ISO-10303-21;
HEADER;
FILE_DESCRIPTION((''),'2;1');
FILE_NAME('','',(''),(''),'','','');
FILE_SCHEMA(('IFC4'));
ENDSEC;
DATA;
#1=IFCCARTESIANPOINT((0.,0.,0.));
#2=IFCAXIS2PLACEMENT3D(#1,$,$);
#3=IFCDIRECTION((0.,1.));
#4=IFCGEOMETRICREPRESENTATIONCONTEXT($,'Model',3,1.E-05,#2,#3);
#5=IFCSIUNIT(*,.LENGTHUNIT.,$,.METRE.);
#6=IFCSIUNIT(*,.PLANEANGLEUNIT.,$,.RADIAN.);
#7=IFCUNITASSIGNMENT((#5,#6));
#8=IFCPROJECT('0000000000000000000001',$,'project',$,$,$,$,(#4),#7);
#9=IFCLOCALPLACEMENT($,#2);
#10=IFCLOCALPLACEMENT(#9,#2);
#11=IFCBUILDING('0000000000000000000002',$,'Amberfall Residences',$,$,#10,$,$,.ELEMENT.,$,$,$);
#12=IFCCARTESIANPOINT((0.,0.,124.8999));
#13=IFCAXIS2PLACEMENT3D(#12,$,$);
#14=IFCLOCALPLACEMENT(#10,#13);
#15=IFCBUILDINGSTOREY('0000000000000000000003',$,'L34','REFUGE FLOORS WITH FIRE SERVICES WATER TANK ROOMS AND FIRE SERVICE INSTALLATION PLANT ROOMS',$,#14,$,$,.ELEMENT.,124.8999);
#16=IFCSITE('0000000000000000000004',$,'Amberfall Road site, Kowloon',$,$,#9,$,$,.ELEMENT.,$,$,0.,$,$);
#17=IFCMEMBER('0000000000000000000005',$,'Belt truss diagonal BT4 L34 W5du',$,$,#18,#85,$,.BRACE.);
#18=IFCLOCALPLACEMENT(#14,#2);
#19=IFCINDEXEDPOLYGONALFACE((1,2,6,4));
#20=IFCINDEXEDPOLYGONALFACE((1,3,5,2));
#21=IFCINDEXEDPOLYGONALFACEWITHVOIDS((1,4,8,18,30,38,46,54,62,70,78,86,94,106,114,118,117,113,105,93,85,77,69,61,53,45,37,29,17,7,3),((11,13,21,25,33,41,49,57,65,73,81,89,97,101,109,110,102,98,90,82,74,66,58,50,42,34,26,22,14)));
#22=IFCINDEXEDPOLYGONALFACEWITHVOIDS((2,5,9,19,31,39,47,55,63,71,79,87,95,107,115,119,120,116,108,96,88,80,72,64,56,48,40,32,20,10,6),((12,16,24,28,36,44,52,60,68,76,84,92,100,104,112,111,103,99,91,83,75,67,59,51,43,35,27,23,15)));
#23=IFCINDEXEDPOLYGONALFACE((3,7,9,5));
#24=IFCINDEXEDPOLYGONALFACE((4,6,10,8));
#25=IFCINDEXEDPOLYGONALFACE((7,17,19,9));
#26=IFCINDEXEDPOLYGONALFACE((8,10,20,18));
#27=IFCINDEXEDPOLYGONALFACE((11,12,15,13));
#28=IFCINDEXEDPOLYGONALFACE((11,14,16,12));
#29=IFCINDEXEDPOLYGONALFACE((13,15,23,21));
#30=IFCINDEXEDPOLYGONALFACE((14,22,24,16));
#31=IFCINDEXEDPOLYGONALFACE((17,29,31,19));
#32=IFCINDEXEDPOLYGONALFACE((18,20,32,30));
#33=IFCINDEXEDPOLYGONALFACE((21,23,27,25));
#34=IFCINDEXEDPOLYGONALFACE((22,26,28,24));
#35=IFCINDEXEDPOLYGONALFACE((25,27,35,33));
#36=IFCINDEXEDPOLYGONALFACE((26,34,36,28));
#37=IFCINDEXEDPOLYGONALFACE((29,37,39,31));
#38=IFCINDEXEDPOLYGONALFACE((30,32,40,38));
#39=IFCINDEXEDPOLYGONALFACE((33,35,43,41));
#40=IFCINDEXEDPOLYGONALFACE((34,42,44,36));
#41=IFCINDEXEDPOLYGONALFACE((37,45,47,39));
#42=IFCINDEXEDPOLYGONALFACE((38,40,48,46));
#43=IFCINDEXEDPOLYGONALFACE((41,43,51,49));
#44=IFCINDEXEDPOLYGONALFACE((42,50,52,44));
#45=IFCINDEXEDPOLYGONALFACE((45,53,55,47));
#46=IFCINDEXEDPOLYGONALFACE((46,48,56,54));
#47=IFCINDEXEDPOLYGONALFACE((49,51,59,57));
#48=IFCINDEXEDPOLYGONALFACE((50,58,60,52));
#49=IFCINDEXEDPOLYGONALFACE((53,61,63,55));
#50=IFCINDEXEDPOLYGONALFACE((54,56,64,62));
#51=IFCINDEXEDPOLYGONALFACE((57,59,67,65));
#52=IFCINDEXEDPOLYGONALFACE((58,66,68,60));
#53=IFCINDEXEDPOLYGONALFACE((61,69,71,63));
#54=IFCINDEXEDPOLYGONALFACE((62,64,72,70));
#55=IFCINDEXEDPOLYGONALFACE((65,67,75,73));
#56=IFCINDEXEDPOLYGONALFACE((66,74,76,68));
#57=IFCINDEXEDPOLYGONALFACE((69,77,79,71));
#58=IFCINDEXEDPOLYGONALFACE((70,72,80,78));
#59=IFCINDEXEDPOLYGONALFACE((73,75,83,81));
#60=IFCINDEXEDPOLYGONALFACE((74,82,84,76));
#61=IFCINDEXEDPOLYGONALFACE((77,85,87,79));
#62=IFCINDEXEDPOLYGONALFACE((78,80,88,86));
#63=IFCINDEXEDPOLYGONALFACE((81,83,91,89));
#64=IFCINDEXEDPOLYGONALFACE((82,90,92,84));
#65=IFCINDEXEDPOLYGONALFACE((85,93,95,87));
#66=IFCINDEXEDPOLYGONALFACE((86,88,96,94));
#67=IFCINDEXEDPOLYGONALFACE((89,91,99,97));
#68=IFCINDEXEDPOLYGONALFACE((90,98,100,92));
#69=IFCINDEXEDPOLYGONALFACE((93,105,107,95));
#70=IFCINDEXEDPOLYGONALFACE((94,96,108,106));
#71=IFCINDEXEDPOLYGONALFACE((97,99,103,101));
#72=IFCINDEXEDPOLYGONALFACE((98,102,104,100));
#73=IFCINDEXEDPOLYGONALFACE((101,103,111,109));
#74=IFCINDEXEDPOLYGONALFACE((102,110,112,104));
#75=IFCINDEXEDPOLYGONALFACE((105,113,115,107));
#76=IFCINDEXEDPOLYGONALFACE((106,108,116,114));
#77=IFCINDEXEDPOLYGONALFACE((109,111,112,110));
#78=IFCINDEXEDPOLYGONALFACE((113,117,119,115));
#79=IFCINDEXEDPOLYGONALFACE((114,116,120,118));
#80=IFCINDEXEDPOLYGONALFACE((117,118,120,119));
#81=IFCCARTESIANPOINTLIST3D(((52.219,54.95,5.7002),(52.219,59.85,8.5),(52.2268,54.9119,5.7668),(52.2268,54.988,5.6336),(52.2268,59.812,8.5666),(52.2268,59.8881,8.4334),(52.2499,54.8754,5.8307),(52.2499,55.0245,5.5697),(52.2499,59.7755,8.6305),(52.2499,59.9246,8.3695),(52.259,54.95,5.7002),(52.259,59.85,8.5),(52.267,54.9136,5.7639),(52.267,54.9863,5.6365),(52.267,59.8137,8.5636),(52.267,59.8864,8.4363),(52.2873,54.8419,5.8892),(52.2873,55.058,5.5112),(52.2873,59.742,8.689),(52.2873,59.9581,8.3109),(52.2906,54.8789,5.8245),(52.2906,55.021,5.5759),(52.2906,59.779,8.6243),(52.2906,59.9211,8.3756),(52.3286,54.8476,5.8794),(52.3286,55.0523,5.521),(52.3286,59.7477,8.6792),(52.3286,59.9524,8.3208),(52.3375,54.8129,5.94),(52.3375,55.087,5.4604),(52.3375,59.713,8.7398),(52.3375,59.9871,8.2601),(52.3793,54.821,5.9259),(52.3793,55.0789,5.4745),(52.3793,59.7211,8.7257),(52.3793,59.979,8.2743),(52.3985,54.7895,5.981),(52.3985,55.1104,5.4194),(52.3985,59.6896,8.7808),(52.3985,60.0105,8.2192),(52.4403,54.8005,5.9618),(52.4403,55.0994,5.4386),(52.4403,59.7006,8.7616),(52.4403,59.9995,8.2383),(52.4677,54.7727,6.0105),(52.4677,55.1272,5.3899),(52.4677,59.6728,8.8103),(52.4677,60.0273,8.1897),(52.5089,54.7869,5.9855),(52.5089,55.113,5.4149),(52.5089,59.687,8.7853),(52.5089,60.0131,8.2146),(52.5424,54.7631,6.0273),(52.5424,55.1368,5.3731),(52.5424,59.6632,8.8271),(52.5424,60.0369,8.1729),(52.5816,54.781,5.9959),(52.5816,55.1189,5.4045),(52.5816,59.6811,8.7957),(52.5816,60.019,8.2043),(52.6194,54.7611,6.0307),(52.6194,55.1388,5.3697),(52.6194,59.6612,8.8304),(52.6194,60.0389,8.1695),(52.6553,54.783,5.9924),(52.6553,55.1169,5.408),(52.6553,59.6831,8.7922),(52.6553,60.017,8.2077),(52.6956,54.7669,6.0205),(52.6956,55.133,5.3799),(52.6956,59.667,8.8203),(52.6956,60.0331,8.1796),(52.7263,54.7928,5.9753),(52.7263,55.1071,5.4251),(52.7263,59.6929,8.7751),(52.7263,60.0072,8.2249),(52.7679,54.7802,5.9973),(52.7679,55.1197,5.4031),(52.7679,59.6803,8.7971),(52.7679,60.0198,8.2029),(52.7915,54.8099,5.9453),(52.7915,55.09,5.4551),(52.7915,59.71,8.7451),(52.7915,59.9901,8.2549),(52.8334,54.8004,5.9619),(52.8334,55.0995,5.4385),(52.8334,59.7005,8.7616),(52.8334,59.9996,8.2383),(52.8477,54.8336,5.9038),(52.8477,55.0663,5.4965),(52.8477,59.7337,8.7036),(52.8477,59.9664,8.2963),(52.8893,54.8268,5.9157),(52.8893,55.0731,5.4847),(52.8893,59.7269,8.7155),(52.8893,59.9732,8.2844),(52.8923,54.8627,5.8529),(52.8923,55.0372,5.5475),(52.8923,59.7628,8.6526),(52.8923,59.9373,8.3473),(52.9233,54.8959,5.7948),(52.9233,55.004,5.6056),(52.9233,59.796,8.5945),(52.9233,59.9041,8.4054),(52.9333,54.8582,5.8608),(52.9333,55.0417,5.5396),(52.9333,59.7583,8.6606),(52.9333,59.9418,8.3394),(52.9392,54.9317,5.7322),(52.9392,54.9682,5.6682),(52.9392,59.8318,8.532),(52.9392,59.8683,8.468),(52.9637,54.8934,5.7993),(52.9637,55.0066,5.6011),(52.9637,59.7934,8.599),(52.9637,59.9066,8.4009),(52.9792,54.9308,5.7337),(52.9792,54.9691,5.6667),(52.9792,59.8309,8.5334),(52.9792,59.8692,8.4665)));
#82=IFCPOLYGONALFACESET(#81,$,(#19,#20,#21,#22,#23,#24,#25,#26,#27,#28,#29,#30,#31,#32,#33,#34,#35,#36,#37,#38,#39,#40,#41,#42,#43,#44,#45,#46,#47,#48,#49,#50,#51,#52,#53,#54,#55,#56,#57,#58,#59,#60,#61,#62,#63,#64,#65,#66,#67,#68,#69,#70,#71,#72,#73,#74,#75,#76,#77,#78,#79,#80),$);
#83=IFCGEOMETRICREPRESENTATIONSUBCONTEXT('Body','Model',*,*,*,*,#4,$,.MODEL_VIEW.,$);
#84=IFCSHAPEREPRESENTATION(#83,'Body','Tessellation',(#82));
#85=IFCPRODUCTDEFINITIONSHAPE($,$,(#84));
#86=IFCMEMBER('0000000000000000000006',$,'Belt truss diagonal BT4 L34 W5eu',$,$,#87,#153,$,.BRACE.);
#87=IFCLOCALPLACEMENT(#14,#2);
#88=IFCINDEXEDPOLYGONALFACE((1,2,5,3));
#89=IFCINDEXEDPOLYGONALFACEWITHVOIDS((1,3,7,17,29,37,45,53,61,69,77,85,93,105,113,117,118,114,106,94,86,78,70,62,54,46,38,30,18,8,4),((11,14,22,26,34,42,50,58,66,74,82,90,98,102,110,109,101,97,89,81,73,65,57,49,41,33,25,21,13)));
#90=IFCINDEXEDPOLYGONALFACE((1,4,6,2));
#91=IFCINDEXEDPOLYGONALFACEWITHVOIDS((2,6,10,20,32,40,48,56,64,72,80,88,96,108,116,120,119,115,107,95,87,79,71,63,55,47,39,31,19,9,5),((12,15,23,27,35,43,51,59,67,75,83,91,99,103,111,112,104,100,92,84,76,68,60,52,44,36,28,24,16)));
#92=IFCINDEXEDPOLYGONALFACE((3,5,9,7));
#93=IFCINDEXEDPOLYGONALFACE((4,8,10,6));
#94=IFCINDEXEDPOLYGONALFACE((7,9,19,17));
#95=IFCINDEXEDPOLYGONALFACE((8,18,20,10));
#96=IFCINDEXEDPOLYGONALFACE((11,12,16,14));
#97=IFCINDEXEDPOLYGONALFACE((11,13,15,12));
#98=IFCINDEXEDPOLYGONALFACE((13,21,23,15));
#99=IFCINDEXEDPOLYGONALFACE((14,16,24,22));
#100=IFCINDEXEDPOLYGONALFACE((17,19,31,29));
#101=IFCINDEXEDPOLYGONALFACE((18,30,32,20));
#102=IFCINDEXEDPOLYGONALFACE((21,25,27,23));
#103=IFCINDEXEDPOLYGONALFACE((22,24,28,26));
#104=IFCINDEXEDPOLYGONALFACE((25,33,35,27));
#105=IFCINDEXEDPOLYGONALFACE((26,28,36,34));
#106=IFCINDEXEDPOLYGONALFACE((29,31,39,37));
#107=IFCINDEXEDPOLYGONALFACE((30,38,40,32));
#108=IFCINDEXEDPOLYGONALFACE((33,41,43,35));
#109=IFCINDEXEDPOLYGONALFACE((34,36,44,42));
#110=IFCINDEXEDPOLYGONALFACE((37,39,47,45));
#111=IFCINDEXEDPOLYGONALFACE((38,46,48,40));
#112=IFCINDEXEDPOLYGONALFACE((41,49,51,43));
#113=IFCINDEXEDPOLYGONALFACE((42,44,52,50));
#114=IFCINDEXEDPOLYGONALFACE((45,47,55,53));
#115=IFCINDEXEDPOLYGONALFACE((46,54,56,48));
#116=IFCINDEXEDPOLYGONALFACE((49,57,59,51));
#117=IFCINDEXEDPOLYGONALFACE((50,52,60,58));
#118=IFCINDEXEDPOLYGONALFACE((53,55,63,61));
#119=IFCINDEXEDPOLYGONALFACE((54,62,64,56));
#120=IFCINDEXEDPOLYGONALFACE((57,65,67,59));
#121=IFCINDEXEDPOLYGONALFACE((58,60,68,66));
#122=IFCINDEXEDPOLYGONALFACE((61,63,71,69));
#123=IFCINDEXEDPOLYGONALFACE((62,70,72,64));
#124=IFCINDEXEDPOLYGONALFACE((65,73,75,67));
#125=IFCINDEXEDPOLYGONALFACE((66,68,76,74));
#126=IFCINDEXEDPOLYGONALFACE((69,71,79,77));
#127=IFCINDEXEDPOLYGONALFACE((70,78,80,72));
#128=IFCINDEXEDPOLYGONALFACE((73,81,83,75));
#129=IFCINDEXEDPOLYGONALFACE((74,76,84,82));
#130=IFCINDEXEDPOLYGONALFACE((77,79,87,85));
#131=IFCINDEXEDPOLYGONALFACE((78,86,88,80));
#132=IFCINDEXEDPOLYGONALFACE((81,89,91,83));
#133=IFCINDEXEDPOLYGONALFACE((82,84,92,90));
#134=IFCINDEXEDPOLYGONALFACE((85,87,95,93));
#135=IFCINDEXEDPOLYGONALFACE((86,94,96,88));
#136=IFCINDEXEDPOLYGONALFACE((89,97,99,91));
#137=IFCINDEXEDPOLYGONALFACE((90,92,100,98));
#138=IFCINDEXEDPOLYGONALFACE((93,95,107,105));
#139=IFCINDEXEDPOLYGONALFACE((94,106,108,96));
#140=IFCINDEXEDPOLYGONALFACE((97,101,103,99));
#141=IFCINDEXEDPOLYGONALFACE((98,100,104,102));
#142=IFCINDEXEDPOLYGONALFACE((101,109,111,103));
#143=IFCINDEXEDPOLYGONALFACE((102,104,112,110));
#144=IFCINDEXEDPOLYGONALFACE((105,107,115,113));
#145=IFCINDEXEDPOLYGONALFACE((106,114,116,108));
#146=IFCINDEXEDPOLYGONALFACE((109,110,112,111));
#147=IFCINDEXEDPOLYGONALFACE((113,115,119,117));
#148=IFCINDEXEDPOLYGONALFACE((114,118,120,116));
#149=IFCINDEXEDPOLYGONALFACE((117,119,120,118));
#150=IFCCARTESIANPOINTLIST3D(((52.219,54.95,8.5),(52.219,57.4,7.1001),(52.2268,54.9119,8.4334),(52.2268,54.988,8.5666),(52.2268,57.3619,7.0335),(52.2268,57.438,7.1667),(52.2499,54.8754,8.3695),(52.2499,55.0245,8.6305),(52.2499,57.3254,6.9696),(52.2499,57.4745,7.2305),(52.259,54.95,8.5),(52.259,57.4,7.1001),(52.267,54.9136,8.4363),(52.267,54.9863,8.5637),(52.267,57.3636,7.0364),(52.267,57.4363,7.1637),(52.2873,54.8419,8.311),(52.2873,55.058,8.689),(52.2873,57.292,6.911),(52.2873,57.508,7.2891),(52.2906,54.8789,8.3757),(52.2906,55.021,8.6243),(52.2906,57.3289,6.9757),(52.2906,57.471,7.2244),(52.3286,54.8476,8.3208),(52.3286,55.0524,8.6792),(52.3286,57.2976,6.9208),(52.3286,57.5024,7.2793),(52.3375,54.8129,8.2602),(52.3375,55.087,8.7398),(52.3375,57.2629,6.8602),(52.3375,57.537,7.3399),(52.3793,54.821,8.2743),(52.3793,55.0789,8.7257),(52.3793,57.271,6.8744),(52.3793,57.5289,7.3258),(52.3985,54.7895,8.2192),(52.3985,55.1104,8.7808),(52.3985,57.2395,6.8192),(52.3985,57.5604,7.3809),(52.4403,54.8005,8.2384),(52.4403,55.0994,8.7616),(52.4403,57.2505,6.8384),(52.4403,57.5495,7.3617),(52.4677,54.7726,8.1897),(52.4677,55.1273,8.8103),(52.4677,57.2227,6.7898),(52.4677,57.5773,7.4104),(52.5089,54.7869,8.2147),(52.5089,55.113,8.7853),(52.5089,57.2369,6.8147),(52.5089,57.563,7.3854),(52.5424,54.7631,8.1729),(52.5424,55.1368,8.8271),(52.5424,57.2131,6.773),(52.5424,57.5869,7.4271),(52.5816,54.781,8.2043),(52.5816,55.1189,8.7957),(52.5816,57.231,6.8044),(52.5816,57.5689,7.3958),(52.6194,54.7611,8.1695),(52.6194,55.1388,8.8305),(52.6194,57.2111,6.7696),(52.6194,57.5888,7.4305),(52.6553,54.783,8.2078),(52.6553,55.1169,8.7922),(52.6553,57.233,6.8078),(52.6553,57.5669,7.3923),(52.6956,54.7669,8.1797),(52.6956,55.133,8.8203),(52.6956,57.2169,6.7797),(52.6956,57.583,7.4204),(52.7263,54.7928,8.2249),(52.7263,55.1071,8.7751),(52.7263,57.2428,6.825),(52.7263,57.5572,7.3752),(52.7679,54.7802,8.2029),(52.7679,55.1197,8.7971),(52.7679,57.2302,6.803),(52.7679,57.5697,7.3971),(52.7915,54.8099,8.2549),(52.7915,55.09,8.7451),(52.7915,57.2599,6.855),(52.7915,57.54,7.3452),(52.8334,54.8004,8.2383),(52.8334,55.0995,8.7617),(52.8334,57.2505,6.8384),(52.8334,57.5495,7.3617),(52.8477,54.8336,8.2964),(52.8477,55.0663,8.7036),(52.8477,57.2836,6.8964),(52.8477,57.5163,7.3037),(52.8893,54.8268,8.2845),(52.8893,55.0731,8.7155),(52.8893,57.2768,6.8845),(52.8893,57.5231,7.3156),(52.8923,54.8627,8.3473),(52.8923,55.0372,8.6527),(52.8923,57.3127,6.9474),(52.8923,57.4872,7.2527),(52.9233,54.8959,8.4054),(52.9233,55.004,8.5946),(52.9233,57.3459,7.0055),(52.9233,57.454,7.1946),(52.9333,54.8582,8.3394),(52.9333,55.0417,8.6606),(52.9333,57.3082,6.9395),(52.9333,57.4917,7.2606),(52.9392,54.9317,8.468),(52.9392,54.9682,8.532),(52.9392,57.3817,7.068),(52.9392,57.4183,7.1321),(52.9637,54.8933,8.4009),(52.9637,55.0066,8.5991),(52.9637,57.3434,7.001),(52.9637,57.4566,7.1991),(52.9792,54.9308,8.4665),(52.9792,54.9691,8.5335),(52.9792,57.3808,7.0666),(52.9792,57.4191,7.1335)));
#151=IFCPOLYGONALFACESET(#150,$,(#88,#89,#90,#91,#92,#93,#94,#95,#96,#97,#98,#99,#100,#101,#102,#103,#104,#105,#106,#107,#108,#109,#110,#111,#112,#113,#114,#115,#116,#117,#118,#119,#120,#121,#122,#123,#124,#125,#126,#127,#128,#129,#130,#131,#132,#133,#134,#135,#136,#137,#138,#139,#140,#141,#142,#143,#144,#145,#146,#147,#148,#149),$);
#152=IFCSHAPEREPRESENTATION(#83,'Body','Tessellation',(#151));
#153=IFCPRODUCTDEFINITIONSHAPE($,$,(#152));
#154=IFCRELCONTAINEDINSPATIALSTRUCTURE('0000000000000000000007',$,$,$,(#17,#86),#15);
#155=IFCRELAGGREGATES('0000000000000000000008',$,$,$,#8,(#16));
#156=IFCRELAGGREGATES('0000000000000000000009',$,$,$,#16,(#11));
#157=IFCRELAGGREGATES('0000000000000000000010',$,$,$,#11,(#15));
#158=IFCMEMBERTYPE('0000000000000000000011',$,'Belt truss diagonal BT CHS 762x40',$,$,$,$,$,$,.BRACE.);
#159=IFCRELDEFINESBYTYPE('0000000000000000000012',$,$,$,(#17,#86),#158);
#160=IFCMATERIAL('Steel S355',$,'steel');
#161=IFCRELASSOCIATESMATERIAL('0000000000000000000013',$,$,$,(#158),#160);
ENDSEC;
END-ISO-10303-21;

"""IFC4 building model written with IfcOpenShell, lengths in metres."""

from ifc_helpers import new_model, si_unit, direction, frame, origin, origin_2d, place, context, subcontext, project, spatial, hollow_circle, extrude, material, material_profile, profile_set, type_object, element, save


model = new_model("IFC4")

# Units and contexts
model_context = context("Model", 3, precision=1e-05, world=origin(), true_north=direction((0.0, 1.0)))
body_context = subcontext(model_context, "Body", "Model", "MODEL_VIEW")
ifc_project = project(units=[si_unit("LENGTHUNIT", "METRE"), si_unit("PLANEANGLEUNIT", "RADIAN")], contexts=[model_context])

# Site, building, storey
site_placement = place(None, origin())
site = spatial("IfcSite", under=ifc_project, at=site_placement, Name="Amberfall Road site, Kowloon", CompositionType="ELEMENT", RefElevation=0.0)
building_placement = place(site_placement, origin())
building = spatial("IfcBuilding", under=site, at=building_placement, Name="Amberfall Residences", CompositionType="ELEMENT")
storey_placement = place(building_placement, frame((0.0, 0.0, 124.8999)))
storey = spatial("IfcBuildingStorey", under=building, at=storey_placement, Name="L34", Description="REFUGE FLOORS WITH FIRE SERVICES WATER TANK ROOMS AND FIRE SERVICE INSTALLATION PLANT ROOMS", CompositionType="ELEMENT", Elevation=124.8999)

# Shared definitions
ifc_material_1 = material(Name="Steel S355", Category="steel")

# Members
ifc_material_profile_1 = material_profile(ifc_material_1, hollow_circle(Radius=0.3811, WallThickness=0.04, at=origin_2d()), Name="CHS 762x40")
ifc_profile_set_1 = profile_set([ifc_material_profile_1], Name="Steel S355")
member_type_1 = type_object("IfcMemberType", Name="Belt truss diagonal BT CHS 762x40", PredefinedType="BRACE", material=ifc_profile_set_1)
member_1_placement = place(storey_placement, frame((52.6001, 54.95, 5.7002), z_axis=(0.0, 0.868264, 0.496102), x_axis=(-1.0, 0.0, 0.0)))
element("IfcMember", 1, at=member_1_placement, inside=storey, type_object=member_type_1, Name="Belt truss diagonal BT4 L34 W5du", PredefinedType="BRACE", context=body_context, shape_type="SweptSolid", body=[
    extrude(hollow_circle(Radius=0.3811, WallThickness=0.04, at=origin_2d()), origin(), (0.0, 0.0, 1.0), 5.6436),
])
member_2_placement = place(storey_placement, frame((52.6001, 54.95, 8.5), z_axis=(0.0, 0.868254, -0.49612), x_axis=(-1.0, 0.0, 0.0)))
element("IfcMember", 2, at=member_2_placement, inside=storey, type_object=member_type_1, Name="Belt truss diagonal BT4 L34 W5eu", PredefinedType="BRACE", context=body_context, shape_type="SweptSolid", body=[
    extrude(hollow_circle(Radius=0.3811, WallThickness=0.04, at=origin_2d()), origin(), (0.0, 0.0, 1.0), 2.8218),
])

save(model, "model.ifc")
